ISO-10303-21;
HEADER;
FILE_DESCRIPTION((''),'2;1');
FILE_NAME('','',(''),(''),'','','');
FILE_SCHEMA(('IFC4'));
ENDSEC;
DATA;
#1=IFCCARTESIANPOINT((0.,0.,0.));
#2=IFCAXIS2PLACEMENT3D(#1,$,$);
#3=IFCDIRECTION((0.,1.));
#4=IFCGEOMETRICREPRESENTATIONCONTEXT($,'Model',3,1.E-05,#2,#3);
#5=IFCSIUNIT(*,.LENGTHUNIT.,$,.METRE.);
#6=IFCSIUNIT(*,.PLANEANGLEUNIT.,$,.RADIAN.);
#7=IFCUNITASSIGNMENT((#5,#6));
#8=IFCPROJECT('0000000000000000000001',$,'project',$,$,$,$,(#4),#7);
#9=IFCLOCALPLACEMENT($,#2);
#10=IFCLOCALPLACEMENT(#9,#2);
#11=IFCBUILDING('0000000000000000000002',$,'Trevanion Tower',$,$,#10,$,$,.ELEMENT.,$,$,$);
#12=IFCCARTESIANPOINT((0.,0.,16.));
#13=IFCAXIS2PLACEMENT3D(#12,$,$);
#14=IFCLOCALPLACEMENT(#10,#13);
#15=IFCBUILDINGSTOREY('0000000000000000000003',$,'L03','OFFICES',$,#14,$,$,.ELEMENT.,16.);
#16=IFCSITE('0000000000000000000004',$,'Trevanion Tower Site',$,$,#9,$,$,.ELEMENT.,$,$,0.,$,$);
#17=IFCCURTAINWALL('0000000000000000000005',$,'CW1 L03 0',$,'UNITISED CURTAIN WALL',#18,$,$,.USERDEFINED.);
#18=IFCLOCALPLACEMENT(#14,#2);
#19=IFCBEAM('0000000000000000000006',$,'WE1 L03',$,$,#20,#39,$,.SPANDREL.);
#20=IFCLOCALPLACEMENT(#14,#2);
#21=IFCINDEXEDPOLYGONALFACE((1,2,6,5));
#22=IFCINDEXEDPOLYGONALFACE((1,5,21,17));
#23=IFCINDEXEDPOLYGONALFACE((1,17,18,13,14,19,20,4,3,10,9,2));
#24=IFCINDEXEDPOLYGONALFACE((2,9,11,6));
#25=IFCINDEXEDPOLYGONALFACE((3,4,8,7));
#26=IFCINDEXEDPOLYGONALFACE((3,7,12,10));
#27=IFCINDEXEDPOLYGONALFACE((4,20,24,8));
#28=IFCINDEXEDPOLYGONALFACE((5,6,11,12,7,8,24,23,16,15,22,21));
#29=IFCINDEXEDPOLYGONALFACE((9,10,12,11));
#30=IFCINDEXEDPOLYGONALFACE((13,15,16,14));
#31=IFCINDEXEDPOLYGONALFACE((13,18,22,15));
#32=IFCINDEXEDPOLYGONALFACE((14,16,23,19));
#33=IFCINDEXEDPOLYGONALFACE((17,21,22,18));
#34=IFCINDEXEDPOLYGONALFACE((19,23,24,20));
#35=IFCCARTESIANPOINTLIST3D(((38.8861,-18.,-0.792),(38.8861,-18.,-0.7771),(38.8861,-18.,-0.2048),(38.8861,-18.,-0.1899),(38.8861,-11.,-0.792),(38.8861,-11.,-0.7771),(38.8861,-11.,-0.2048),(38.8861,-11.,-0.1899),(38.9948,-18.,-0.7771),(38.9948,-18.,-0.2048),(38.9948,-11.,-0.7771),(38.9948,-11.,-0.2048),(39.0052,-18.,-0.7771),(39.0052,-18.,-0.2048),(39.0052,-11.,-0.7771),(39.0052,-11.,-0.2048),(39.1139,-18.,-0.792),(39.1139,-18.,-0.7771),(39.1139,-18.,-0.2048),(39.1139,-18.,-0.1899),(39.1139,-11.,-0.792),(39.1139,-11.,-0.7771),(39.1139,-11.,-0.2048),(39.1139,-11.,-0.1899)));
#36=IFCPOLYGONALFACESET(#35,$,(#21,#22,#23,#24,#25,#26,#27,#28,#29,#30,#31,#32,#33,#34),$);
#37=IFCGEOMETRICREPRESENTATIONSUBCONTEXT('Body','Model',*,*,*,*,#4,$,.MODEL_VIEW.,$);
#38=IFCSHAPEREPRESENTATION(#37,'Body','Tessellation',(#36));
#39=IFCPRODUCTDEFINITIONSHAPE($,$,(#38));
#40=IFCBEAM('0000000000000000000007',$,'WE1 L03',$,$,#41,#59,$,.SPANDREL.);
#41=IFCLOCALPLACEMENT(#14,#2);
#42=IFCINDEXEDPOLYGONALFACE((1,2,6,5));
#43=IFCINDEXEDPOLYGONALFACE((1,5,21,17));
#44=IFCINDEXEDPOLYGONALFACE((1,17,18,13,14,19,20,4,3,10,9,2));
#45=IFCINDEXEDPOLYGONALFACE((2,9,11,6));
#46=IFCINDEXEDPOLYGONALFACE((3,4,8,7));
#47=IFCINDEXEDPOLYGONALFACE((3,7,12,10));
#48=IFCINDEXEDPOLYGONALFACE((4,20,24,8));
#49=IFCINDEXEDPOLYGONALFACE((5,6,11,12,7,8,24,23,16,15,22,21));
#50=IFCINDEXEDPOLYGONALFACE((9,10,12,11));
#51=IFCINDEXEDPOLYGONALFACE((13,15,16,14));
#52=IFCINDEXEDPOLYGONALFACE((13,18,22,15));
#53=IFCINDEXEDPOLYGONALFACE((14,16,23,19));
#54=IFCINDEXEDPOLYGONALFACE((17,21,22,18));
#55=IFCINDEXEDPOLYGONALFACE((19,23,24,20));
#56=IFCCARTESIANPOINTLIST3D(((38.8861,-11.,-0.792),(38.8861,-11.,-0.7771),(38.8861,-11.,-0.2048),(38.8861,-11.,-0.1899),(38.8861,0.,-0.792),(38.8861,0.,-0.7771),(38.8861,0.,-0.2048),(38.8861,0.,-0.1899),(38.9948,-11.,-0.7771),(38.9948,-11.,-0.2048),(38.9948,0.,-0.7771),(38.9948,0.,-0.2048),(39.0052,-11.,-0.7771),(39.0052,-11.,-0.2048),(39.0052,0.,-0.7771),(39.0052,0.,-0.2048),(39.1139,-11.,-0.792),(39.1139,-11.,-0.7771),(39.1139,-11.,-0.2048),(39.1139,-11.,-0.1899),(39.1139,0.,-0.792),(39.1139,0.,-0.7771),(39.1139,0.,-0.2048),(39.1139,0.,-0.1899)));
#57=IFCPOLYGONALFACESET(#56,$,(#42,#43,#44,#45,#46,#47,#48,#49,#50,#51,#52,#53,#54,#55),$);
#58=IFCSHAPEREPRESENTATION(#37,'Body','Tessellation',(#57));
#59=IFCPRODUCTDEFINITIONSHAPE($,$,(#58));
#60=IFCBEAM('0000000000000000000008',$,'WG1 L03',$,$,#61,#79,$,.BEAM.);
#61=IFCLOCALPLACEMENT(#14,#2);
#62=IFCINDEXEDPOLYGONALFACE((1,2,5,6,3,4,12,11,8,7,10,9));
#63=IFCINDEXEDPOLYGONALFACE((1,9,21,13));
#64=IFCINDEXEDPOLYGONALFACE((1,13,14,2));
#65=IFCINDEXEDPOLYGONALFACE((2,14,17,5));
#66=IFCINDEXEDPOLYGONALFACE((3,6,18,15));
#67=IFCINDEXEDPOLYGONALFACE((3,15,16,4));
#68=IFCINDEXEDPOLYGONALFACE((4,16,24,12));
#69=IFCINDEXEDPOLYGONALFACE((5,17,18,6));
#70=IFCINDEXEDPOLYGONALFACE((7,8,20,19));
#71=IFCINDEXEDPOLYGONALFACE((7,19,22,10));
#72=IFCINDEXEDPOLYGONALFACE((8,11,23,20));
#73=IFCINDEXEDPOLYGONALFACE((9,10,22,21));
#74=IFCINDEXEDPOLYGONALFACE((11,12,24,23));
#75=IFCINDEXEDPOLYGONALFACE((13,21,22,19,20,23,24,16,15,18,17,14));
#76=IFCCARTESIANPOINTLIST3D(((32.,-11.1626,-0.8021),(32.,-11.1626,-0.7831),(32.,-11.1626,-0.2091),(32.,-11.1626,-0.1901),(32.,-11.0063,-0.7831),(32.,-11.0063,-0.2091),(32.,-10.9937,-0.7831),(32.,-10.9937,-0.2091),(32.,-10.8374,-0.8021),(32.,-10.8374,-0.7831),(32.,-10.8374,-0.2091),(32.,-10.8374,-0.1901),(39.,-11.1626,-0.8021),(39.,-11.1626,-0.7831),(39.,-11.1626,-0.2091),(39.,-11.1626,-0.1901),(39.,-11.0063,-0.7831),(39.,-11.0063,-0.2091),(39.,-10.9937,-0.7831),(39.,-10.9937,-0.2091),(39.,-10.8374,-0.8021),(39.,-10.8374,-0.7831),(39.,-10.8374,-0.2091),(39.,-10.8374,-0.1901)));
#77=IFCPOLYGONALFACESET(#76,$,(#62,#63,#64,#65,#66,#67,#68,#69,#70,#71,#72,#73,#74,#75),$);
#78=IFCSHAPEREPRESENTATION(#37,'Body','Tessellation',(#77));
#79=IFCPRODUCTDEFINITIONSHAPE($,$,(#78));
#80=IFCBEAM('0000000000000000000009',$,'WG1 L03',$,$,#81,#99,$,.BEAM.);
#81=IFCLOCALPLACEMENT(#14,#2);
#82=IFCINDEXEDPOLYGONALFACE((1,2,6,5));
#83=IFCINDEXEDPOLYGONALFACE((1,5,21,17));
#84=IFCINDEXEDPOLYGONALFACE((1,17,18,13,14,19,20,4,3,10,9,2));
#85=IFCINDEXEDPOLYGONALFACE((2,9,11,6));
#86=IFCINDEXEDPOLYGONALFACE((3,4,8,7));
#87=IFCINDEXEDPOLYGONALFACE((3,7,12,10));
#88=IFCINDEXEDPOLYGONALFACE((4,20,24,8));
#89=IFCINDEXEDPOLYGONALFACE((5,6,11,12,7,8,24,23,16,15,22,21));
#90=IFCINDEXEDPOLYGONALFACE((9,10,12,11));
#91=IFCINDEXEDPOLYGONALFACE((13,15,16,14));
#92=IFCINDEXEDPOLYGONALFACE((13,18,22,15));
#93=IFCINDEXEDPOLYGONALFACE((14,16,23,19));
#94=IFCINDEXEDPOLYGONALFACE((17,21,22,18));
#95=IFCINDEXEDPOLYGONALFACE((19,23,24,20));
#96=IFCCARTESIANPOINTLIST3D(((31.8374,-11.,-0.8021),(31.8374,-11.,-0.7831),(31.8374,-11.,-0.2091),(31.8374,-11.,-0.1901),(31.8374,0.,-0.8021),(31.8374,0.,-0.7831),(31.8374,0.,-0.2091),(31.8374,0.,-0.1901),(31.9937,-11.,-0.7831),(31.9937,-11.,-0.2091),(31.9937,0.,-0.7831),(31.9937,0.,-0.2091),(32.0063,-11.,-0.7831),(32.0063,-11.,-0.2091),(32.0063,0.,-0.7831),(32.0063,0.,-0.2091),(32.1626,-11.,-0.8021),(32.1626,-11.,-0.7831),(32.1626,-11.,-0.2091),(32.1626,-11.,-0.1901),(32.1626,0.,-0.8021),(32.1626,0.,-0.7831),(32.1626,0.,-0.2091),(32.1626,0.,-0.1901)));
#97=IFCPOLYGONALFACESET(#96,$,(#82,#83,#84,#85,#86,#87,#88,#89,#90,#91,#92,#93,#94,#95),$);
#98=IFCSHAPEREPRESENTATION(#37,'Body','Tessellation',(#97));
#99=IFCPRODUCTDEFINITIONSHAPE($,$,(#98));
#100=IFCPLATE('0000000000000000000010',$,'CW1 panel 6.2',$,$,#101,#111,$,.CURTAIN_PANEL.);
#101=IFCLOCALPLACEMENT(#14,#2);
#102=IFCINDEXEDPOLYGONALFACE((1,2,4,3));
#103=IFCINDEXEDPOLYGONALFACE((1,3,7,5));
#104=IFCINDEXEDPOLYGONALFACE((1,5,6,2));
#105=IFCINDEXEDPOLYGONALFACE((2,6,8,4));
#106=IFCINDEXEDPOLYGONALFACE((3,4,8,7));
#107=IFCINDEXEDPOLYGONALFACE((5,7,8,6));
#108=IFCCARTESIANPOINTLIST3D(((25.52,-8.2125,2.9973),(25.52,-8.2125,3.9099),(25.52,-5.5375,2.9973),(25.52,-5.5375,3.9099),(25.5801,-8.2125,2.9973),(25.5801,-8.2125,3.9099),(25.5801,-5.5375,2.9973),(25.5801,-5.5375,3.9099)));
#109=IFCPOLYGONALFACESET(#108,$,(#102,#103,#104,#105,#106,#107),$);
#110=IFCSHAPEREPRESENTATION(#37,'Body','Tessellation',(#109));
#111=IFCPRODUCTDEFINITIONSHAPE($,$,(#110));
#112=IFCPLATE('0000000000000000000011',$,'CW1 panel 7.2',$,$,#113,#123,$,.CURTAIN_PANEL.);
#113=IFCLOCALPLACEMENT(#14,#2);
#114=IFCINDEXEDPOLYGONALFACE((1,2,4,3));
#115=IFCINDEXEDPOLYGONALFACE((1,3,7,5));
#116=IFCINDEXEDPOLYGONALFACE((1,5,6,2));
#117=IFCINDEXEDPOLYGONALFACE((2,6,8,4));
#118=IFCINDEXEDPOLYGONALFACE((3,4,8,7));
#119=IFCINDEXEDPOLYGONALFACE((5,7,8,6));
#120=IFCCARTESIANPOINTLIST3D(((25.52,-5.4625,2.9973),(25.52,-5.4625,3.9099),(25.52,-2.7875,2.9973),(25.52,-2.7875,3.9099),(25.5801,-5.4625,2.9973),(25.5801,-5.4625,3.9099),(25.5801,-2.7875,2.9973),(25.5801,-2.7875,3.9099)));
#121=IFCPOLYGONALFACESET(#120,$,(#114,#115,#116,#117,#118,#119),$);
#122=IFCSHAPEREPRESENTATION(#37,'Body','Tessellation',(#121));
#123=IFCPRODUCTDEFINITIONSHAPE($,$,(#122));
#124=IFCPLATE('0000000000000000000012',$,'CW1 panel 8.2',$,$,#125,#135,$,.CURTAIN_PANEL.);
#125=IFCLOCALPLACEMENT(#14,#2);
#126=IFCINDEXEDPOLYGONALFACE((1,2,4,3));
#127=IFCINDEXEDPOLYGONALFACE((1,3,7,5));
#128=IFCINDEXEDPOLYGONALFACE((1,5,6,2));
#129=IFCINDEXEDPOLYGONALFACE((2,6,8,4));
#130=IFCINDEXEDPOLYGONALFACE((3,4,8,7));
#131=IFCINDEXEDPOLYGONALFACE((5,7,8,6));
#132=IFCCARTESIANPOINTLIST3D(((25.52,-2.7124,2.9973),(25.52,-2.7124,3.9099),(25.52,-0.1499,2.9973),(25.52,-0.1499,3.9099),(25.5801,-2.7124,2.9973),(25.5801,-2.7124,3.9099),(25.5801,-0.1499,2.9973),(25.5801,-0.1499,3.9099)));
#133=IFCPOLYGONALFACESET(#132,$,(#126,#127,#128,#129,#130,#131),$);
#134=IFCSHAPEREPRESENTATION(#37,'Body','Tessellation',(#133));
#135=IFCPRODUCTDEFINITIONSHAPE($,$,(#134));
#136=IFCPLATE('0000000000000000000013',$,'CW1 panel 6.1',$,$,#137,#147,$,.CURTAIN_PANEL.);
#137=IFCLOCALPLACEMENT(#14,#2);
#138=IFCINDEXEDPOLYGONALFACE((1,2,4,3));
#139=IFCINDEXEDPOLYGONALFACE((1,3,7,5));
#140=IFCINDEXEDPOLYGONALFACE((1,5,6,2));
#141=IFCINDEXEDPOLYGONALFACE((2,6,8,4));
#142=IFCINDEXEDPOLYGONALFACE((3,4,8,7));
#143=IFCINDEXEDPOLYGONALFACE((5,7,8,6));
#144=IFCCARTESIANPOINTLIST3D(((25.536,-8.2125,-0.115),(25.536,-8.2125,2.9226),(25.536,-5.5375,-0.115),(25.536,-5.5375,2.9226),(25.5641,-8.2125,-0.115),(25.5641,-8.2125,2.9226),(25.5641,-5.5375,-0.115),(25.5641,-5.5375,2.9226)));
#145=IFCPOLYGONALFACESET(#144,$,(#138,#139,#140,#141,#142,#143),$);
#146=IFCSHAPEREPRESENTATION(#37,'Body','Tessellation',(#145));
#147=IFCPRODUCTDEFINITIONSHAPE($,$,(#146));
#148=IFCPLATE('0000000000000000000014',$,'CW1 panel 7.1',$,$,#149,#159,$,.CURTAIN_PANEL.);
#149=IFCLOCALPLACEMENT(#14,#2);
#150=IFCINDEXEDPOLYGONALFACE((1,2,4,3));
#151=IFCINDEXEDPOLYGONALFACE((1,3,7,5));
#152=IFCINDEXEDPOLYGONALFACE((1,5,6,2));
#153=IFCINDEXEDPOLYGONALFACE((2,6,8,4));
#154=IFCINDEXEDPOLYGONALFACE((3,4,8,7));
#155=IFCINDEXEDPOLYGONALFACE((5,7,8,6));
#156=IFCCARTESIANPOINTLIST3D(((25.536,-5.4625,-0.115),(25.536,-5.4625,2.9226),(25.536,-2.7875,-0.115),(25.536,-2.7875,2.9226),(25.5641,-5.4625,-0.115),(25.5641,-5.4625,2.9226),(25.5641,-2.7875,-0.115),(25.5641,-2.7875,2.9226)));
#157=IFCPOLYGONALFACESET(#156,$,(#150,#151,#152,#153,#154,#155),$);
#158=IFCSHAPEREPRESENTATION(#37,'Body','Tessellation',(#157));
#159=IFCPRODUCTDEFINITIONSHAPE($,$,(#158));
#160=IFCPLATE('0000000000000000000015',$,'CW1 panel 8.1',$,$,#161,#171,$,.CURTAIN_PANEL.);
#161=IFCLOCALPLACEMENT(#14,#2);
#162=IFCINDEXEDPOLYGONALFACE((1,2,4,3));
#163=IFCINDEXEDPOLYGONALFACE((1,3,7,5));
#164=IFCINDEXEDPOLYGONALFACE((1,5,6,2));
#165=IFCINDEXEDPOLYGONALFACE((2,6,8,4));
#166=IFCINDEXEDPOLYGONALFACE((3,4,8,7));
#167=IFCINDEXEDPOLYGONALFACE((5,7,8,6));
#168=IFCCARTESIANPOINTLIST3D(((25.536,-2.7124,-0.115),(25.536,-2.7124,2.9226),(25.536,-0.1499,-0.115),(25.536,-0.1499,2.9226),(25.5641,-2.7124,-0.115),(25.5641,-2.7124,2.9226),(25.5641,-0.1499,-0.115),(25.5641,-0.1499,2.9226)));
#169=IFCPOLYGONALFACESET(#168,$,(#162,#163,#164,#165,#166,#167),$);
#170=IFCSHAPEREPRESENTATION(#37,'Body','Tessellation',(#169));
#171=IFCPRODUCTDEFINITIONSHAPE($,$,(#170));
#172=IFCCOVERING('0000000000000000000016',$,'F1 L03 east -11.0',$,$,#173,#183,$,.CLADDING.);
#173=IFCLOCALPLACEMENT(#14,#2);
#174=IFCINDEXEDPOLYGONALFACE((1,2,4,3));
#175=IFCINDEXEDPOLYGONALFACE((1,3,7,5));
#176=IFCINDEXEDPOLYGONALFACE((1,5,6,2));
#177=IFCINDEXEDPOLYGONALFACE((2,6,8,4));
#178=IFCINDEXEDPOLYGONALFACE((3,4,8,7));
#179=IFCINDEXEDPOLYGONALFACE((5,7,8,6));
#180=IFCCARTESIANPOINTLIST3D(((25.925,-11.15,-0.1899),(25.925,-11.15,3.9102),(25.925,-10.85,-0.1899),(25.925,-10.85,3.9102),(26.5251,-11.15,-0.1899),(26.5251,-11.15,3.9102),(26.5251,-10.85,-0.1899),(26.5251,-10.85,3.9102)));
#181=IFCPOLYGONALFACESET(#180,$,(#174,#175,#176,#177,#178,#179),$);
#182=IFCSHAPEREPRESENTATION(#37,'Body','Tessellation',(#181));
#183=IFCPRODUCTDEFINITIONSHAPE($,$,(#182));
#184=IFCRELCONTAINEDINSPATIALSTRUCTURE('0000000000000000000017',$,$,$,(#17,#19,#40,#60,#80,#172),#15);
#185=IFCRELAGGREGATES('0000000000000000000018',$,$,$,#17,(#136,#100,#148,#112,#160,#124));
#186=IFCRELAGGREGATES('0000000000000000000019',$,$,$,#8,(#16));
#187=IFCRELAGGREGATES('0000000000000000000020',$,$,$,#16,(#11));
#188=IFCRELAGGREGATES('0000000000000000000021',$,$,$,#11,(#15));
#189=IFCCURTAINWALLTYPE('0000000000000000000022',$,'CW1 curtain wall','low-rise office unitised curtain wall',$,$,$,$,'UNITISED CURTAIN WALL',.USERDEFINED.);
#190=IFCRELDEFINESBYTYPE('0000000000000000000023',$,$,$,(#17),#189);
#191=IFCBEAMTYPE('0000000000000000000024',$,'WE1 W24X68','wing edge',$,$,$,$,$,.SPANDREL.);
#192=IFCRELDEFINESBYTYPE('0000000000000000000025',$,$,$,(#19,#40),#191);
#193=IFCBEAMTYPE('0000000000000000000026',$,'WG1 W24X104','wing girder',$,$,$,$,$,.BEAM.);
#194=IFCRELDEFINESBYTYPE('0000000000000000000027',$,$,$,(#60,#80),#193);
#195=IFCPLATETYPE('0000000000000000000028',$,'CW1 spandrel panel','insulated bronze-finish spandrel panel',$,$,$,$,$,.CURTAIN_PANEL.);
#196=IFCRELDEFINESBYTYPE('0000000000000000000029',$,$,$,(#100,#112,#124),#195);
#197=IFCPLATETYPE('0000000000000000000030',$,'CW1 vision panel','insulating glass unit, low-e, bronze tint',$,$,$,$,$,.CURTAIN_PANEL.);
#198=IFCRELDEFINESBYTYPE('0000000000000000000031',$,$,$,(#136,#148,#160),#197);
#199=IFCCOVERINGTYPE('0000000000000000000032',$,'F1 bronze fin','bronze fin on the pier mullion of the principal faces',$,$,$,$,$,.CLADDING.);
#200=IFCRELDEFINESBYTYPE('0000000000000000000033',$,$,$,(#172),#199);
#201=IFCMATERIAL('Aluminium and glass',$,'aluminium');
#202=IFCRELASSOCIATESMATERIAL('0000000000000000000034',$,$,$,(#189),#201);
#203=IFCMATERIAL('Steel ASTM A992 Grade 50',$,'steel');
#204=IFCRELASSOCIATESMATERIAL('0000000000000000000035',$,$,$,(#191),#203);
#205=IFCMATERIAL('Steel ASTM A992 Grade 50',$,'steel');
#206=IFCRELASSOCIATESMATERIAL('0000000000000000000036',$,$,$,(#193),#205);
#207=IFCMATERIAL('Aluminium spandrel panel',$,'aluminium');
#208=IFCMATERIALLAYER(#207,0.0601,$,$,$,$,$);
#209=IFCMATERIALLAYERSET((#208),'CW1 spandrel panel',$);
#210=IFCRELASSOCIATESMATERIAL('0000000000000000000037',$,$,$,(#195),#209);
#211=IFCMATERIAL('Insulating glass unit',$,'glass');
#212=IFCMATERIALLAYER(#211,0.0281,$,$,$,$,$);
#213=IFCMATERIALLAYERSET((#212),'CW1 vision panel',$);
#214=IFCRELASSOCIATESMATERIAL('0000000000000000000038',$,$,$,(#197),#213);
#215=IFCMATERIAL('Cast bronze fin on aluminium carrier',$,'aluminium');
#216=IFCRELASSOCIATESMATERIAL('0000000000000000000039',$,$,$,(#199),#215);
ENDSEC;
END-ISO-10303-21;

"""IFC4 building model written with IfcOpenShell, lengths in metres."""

from ifc_helpers import new_model, si_unit, direction, frame, origin, origin_2d, place, context, subcontext, project, spatial, rectangle, i_section, extrude, material, layer, layer_set, material_profile, profile_set, type_object, element, aggregate, save


model = new_model("IFC4")

# Units and contexts
model_context = context("Model", 3, precision=1e-05, world=origin(), true_north=direction((0.0, 1.0)))
body_context = subcontext(model_context, "Body", "Model", "MODEL_VIEW")
ifc_project = project(units=[si_unit("LENGTHUNIT", "METRE"), si_unit("PLANEANGLEUNIT", "RADIAN")], contexts=[model_context])

# Site, building, storey
site_placement = place(None, origin())
site = spatial("IfcSite", under=ifc_project, at=site_placement, Name="Trevanion Tower Site", CompositionType="ELEMENT", RefElevation=0.0)
building_placement = place(site_placement, origin())
building = spatial("IfcBuilding", under=site, at=building_placement, Name="Trevanion Tower", CompositionType="ELEMENT")
storey_placement = place(building_placement, frame((0.0, 0.0, 16.0)))
storey = spatial("IfcBuildingStorey", under=building, at=storey_placement, Name="L03", Description="OFFICES", CompositionType="ELEMENT", Elevation=16.0)

# Curtain wall
ifc_material_1 = material(Name="Aluminium and glass", Category="aluminium")
curtain_wall_type = type_object("IfcCurtainWallType", Name="CW1 curtain wall", Description="low-rise office unitised curtain wall", ElementType="UNITISED CURTAIN WALL", PredefinedType="USERDEFINED", material=ifc_material_1)
curtain_wall_placement = place(storey_placement, origin())
curtain_wall = element("IfcCurtainWall", 1, at=curtain_wall_placement, inside=storey, type_object=curtain_wall_type, Name="CW1 L03 0", ObjectType="UNITISED CURTAIN WALL", PredefinedType="USERDEFINED")

# Beams
ifc_material_2 = material(Name="Steel ASTM A992 Grade 50", Category="steel")
ifc_material_profile_1 = material_profile(ifc_material_2, i_section(OverallWidth=0.2278, OverallDepth=0.6021, WebThickness=0.0105, FlangeThickness=0.0149, at=origin_2d()), Name="W24X68")
ifc_profile_set_1 = profile_set([ifc_material_profile_1], Name="Steel ASTM A992 Grade 50")
beam_type_1 = type_object("IfcBeamType", Name="WE1 W24X68", Description="wing edge", PredefinedType="SPANDREL", material=ifc_profile_set_1)
beam_1_placement = place(storey_placement, frame((39.0, -18.0, -0.491), z_axis=(0.0, 1.0, 0.0), x_axis=(-1.0, 0.0, 0.0)))
element("IfcBeam", 2, at=beam_1_placement, inside=storey, type_object=beam_type_1, Name="WE1 L03", PredefinedType="SPANDREL", context=body_context, shape_type="SweptSolid", body=[
    extrude(i_section(OverallWidth=0.2278, OverallDepth=0.6021, WebThickness=0.0105, FlangeThickness=0.0149, at=origin_2d()), origin(), (0.0, 0.0, 1.0), 7.0),
])
beam_2_placement = place(storey_placement, frame((39.0, -11.0, -0.491), z_axis=(0.0, 1.0, 0.0), x_axis=(-1.0, 0.0, 0.0)))
element("IfcBeam", 3, at=beam_2_placement, inside=storey, type_object=beam_type_1, Name="WE1 L03", PredefinedType="SPANDREL", context=body_context, shape_type="SweptSolid", body=[
    extrude(i_section(OverallWidth=0.2278, OverallDepth=0.6021, WebThickness=0.0105, FlangeThickness=0.0149, at=origin_2d()), origin(), (0.0, 0.0, 1.0), 11.0),
])
ifc_material_3 = material(Name="Steel ASTM A992 Grade 50", Category="steel")
ifc_material_profile_2 = material_profile(ifc_material_3, i_section(OverallWidth=0.3252, OverallDepth=0.6121, WebThickness=0.0127, FlangeThickness=0.019, at=origin_2d()), Name="W24X104")
ifc_profile_set_2 = profile_set([ifc_material_profile_2], Name="Steel ASTM A992 Grade 50")
beam_type_2 = type_object("IfcBeamType", Name="WG1 W24X104", Description="wing girder", PredefinedType="BEAM", material=ifc_profile_set_2)
beam_3_placement = place(storey_placement, frame((32.0, -11.0, -0.4961), z_axis=(1.0, 0.0, 0.0), x_axis=(0.0, 1.0, 0.0)))
element("IfcBeam", 4, at=beam_3_placement, inside=storey, type_object=beam_type_2, Name="WG1 L03", PredefinedType="BEAM", context=body_context, shape_type="SweptSolid", body=[
    extrude(i_section(OverallWidth=0.3252, OverallDepth=0.6121, WebThickness=0.0127, FlangeThickness=0.019, at=origin_2d()), origin(), (0.0, 0.0, 1.0), 7.0),
])
beam_4_placement = place(storey_placement, frame((32.0, -11.0, -0.4961), z_axis=(0.0, 1.0, 0.0), x_axis=(-1.0, 0.0, 0.0)))
element("IfcBeam", 5, at=beam_4_placement, inside=storey, type_object=beam_type_2, Name="WG1 L03", PredefinedType="BEAM", context=body_context, shape_type="SweptSolid", body=[
    extrude(i_section(OverallWidth=0.3252, OverallDepth=0.6121, WebThickness=0.0127, FlangeThickness=0.019, at=origin_2d()), origin(), (0.0, 0.0, 1.0), 11.0),
])

# Plates
ifc_material_4 = material(Name="Aluminium spandrel panel", Category="aluminium")
ifc_layer_1 = layer(ifc_material_4, 0.0601)
ifc_layer_set_1 = layer_set([ifc_layer_1], Name="CW1 spandrel panel")
plate_type_1 = type_object("IfcPlateType", Name="CW1 spandrel panel", Description="insulated bronze-finish spandrel panel", PredefinedType="CURTAIN_PANEL", material=ifc_layer_set_1)
plate_1_placement = place(storey_placement, frame((25.55, -6.875, 2.9973), z_axis=(0.0, 0.0, 1.0), x_axis=(0.0, 1.0, 0.0)))
plate_1 = element("IfcPlate", 6, at=plate_1_placement, type_object=plate_type_1, Name="CW1 panel 6.2", PredefinedType="CURTAIN_PANEL", context=body_context, shape_type="SweptSolid", body=[
    extrude(rectangle(XDim=2.675, YDim=0.0601, at=origin_2d()), origin(), (0.0, 0.0, 1.0), 0.9126),
])
plate_2_placement = place(storey_placement, frame((25.55, -4.125, 2.9973), z_axis=(0.0, 0.0, 1.0), x_axis=(0.0, 1.0, 0.0)))
plate_2 = element("IfcPlate", 7, at=plate_2_placement, type_object=plate_type_1, Name="CW1 panel 7.2", PredefinedType="CURTAIN_PANEL", context=body_context, shape_type="SweptSolid", body=[
    extrude(rectangle(XDim=2.675, YDim=0.0601, at=origin_2d()), origin(), (0.0, 0.0, 1.0), 0.9126),
])
plate_3_placement = place(storey_placement, frame((25.55, -1.4312, 2.9973), z_axis=(0.0, 0.0, 1.0), x_axis=(0.0, 1.0, 0.0)))
plate_3 = element("IfcPlate", 8, at=plate_3_placement, type_object=plate_type_1, Name="CW1 panel 8.2", PredefinedType="CURTAIN_PANEL", context=body_context, shape_type="SweptSolid", body=[
    extrude(rectangle(XDim=2.5625, YDim=0.0601, at=origin_2d()), origin(), (0.0, 0.0, 1.0), 0.9126),
])
ifc_material_5 = material(Name="Insulating glass unit", Category="glass")
ifc_layer_2 = layer(ifc_material_5, 0.0281)
ifc_layer_set_2 = layer_set([ifc_layer_2], Name="CW1 vision panel")
plate_type_2 = type_object("IfcPlateType", Name="CW1 vision panel", Description="insulating glass unit, low-e, bronze tint", PredefinedType="CURTAIN_PANEL", material=ifc_layer_set_2)
plate_4_placement = place(storey_placement, frame((25.55, -6.875, -0.115), z_axis=(0.0, 0.0, 1.0), x_axis=(0.0, 1.0, 0.0)))
plate_4 = element("IfcPlate", 9, at=plate_4_placement, type_object=plate_type_2, Name="CW1 panel 6.1", PredefinedType="CURTAIN_PANEL", context=body_context, shape_type="SweptSolid", body=[
    extrude(rectangle(XDim=2.675, YDim=0.0281, at=origin_2d()), origin(), (0.0, 0.0, 1.0), 3.0376),
])
plate_5_placement = place(storey_placement, frame((25.55, -4.125, -0.115), z_axis=(0.0, 0.0, 1.0), x_axis=(0.0, 1.0, 0.0)))
plate_5 = element("IfcPlate", 10, at=plate_5_placement, type_object=plate_type_2, Name="CW1 panel 7.1", PredefinedType="CURTAIN_PANEL", context=body_context, shape_type="SweptSolid", body=[
    extrude(rectangle(XDim=2.675, YDim=0.0281, at=origin_2d()), origin(), (0.0, 0.0, 1.0), 3.0376),
])
plate_6_placement = place(storey_placement, frame((25.55, -1.4312, -0.115), z_axis=(0.0, 0.0, 1.0), x_axis=(0.0, 1.0, 0.0)))
plate_6 = element("IfcPlate", 11, at=plate_6_placement, type_object=plate_type_2, Name="CW1 panel 8.1", PredefinedType="CURTAIN_PANEL", context=body_context, shape_type="SweptSolid", body=[
    extrude(rectangle(XDim=2.5625, YDim=0.0281, at=origin_2d()), origin(), (0.0, 0.0, 1.0), 3.0376),
])
aggregate(curtain_wall, [plate_4, plate_1, plate_5, plate_2, plate_6, plate_3])

# Covering
ifc_material_6 = material(Name="Cast bronze fin on aluminium carrier", Category="aluminium")
covering_type = type_object("IfcCoveringType", Name="F1 bronze fin", Description="bronze fin on the pier mullion of the principal faces", PredefinedType="CLADDING", material=ifc_material_6)
covering_placement = place(storey_placement, frame((26.2251, -11.0, -0.1899), z_axis=(0.0, 0.0, 1.0), x_axis=(0.0, 1.0, 0.0)))
element("IfcCovering", 12, at=covering_placement, inside=storey, type_object=covering_type, Name="F1 L03 east -11.0", PredefinedType="CLADDING", context=body_context, shape_type="SweptSolid", body=[
    extrude(rectangle(XDim=0.3, YDim=0.6001, at=origin_2d()), origin(), (0.0, 0.0, 1.0), 4.1001),
])

save(model, "model.ifc")
